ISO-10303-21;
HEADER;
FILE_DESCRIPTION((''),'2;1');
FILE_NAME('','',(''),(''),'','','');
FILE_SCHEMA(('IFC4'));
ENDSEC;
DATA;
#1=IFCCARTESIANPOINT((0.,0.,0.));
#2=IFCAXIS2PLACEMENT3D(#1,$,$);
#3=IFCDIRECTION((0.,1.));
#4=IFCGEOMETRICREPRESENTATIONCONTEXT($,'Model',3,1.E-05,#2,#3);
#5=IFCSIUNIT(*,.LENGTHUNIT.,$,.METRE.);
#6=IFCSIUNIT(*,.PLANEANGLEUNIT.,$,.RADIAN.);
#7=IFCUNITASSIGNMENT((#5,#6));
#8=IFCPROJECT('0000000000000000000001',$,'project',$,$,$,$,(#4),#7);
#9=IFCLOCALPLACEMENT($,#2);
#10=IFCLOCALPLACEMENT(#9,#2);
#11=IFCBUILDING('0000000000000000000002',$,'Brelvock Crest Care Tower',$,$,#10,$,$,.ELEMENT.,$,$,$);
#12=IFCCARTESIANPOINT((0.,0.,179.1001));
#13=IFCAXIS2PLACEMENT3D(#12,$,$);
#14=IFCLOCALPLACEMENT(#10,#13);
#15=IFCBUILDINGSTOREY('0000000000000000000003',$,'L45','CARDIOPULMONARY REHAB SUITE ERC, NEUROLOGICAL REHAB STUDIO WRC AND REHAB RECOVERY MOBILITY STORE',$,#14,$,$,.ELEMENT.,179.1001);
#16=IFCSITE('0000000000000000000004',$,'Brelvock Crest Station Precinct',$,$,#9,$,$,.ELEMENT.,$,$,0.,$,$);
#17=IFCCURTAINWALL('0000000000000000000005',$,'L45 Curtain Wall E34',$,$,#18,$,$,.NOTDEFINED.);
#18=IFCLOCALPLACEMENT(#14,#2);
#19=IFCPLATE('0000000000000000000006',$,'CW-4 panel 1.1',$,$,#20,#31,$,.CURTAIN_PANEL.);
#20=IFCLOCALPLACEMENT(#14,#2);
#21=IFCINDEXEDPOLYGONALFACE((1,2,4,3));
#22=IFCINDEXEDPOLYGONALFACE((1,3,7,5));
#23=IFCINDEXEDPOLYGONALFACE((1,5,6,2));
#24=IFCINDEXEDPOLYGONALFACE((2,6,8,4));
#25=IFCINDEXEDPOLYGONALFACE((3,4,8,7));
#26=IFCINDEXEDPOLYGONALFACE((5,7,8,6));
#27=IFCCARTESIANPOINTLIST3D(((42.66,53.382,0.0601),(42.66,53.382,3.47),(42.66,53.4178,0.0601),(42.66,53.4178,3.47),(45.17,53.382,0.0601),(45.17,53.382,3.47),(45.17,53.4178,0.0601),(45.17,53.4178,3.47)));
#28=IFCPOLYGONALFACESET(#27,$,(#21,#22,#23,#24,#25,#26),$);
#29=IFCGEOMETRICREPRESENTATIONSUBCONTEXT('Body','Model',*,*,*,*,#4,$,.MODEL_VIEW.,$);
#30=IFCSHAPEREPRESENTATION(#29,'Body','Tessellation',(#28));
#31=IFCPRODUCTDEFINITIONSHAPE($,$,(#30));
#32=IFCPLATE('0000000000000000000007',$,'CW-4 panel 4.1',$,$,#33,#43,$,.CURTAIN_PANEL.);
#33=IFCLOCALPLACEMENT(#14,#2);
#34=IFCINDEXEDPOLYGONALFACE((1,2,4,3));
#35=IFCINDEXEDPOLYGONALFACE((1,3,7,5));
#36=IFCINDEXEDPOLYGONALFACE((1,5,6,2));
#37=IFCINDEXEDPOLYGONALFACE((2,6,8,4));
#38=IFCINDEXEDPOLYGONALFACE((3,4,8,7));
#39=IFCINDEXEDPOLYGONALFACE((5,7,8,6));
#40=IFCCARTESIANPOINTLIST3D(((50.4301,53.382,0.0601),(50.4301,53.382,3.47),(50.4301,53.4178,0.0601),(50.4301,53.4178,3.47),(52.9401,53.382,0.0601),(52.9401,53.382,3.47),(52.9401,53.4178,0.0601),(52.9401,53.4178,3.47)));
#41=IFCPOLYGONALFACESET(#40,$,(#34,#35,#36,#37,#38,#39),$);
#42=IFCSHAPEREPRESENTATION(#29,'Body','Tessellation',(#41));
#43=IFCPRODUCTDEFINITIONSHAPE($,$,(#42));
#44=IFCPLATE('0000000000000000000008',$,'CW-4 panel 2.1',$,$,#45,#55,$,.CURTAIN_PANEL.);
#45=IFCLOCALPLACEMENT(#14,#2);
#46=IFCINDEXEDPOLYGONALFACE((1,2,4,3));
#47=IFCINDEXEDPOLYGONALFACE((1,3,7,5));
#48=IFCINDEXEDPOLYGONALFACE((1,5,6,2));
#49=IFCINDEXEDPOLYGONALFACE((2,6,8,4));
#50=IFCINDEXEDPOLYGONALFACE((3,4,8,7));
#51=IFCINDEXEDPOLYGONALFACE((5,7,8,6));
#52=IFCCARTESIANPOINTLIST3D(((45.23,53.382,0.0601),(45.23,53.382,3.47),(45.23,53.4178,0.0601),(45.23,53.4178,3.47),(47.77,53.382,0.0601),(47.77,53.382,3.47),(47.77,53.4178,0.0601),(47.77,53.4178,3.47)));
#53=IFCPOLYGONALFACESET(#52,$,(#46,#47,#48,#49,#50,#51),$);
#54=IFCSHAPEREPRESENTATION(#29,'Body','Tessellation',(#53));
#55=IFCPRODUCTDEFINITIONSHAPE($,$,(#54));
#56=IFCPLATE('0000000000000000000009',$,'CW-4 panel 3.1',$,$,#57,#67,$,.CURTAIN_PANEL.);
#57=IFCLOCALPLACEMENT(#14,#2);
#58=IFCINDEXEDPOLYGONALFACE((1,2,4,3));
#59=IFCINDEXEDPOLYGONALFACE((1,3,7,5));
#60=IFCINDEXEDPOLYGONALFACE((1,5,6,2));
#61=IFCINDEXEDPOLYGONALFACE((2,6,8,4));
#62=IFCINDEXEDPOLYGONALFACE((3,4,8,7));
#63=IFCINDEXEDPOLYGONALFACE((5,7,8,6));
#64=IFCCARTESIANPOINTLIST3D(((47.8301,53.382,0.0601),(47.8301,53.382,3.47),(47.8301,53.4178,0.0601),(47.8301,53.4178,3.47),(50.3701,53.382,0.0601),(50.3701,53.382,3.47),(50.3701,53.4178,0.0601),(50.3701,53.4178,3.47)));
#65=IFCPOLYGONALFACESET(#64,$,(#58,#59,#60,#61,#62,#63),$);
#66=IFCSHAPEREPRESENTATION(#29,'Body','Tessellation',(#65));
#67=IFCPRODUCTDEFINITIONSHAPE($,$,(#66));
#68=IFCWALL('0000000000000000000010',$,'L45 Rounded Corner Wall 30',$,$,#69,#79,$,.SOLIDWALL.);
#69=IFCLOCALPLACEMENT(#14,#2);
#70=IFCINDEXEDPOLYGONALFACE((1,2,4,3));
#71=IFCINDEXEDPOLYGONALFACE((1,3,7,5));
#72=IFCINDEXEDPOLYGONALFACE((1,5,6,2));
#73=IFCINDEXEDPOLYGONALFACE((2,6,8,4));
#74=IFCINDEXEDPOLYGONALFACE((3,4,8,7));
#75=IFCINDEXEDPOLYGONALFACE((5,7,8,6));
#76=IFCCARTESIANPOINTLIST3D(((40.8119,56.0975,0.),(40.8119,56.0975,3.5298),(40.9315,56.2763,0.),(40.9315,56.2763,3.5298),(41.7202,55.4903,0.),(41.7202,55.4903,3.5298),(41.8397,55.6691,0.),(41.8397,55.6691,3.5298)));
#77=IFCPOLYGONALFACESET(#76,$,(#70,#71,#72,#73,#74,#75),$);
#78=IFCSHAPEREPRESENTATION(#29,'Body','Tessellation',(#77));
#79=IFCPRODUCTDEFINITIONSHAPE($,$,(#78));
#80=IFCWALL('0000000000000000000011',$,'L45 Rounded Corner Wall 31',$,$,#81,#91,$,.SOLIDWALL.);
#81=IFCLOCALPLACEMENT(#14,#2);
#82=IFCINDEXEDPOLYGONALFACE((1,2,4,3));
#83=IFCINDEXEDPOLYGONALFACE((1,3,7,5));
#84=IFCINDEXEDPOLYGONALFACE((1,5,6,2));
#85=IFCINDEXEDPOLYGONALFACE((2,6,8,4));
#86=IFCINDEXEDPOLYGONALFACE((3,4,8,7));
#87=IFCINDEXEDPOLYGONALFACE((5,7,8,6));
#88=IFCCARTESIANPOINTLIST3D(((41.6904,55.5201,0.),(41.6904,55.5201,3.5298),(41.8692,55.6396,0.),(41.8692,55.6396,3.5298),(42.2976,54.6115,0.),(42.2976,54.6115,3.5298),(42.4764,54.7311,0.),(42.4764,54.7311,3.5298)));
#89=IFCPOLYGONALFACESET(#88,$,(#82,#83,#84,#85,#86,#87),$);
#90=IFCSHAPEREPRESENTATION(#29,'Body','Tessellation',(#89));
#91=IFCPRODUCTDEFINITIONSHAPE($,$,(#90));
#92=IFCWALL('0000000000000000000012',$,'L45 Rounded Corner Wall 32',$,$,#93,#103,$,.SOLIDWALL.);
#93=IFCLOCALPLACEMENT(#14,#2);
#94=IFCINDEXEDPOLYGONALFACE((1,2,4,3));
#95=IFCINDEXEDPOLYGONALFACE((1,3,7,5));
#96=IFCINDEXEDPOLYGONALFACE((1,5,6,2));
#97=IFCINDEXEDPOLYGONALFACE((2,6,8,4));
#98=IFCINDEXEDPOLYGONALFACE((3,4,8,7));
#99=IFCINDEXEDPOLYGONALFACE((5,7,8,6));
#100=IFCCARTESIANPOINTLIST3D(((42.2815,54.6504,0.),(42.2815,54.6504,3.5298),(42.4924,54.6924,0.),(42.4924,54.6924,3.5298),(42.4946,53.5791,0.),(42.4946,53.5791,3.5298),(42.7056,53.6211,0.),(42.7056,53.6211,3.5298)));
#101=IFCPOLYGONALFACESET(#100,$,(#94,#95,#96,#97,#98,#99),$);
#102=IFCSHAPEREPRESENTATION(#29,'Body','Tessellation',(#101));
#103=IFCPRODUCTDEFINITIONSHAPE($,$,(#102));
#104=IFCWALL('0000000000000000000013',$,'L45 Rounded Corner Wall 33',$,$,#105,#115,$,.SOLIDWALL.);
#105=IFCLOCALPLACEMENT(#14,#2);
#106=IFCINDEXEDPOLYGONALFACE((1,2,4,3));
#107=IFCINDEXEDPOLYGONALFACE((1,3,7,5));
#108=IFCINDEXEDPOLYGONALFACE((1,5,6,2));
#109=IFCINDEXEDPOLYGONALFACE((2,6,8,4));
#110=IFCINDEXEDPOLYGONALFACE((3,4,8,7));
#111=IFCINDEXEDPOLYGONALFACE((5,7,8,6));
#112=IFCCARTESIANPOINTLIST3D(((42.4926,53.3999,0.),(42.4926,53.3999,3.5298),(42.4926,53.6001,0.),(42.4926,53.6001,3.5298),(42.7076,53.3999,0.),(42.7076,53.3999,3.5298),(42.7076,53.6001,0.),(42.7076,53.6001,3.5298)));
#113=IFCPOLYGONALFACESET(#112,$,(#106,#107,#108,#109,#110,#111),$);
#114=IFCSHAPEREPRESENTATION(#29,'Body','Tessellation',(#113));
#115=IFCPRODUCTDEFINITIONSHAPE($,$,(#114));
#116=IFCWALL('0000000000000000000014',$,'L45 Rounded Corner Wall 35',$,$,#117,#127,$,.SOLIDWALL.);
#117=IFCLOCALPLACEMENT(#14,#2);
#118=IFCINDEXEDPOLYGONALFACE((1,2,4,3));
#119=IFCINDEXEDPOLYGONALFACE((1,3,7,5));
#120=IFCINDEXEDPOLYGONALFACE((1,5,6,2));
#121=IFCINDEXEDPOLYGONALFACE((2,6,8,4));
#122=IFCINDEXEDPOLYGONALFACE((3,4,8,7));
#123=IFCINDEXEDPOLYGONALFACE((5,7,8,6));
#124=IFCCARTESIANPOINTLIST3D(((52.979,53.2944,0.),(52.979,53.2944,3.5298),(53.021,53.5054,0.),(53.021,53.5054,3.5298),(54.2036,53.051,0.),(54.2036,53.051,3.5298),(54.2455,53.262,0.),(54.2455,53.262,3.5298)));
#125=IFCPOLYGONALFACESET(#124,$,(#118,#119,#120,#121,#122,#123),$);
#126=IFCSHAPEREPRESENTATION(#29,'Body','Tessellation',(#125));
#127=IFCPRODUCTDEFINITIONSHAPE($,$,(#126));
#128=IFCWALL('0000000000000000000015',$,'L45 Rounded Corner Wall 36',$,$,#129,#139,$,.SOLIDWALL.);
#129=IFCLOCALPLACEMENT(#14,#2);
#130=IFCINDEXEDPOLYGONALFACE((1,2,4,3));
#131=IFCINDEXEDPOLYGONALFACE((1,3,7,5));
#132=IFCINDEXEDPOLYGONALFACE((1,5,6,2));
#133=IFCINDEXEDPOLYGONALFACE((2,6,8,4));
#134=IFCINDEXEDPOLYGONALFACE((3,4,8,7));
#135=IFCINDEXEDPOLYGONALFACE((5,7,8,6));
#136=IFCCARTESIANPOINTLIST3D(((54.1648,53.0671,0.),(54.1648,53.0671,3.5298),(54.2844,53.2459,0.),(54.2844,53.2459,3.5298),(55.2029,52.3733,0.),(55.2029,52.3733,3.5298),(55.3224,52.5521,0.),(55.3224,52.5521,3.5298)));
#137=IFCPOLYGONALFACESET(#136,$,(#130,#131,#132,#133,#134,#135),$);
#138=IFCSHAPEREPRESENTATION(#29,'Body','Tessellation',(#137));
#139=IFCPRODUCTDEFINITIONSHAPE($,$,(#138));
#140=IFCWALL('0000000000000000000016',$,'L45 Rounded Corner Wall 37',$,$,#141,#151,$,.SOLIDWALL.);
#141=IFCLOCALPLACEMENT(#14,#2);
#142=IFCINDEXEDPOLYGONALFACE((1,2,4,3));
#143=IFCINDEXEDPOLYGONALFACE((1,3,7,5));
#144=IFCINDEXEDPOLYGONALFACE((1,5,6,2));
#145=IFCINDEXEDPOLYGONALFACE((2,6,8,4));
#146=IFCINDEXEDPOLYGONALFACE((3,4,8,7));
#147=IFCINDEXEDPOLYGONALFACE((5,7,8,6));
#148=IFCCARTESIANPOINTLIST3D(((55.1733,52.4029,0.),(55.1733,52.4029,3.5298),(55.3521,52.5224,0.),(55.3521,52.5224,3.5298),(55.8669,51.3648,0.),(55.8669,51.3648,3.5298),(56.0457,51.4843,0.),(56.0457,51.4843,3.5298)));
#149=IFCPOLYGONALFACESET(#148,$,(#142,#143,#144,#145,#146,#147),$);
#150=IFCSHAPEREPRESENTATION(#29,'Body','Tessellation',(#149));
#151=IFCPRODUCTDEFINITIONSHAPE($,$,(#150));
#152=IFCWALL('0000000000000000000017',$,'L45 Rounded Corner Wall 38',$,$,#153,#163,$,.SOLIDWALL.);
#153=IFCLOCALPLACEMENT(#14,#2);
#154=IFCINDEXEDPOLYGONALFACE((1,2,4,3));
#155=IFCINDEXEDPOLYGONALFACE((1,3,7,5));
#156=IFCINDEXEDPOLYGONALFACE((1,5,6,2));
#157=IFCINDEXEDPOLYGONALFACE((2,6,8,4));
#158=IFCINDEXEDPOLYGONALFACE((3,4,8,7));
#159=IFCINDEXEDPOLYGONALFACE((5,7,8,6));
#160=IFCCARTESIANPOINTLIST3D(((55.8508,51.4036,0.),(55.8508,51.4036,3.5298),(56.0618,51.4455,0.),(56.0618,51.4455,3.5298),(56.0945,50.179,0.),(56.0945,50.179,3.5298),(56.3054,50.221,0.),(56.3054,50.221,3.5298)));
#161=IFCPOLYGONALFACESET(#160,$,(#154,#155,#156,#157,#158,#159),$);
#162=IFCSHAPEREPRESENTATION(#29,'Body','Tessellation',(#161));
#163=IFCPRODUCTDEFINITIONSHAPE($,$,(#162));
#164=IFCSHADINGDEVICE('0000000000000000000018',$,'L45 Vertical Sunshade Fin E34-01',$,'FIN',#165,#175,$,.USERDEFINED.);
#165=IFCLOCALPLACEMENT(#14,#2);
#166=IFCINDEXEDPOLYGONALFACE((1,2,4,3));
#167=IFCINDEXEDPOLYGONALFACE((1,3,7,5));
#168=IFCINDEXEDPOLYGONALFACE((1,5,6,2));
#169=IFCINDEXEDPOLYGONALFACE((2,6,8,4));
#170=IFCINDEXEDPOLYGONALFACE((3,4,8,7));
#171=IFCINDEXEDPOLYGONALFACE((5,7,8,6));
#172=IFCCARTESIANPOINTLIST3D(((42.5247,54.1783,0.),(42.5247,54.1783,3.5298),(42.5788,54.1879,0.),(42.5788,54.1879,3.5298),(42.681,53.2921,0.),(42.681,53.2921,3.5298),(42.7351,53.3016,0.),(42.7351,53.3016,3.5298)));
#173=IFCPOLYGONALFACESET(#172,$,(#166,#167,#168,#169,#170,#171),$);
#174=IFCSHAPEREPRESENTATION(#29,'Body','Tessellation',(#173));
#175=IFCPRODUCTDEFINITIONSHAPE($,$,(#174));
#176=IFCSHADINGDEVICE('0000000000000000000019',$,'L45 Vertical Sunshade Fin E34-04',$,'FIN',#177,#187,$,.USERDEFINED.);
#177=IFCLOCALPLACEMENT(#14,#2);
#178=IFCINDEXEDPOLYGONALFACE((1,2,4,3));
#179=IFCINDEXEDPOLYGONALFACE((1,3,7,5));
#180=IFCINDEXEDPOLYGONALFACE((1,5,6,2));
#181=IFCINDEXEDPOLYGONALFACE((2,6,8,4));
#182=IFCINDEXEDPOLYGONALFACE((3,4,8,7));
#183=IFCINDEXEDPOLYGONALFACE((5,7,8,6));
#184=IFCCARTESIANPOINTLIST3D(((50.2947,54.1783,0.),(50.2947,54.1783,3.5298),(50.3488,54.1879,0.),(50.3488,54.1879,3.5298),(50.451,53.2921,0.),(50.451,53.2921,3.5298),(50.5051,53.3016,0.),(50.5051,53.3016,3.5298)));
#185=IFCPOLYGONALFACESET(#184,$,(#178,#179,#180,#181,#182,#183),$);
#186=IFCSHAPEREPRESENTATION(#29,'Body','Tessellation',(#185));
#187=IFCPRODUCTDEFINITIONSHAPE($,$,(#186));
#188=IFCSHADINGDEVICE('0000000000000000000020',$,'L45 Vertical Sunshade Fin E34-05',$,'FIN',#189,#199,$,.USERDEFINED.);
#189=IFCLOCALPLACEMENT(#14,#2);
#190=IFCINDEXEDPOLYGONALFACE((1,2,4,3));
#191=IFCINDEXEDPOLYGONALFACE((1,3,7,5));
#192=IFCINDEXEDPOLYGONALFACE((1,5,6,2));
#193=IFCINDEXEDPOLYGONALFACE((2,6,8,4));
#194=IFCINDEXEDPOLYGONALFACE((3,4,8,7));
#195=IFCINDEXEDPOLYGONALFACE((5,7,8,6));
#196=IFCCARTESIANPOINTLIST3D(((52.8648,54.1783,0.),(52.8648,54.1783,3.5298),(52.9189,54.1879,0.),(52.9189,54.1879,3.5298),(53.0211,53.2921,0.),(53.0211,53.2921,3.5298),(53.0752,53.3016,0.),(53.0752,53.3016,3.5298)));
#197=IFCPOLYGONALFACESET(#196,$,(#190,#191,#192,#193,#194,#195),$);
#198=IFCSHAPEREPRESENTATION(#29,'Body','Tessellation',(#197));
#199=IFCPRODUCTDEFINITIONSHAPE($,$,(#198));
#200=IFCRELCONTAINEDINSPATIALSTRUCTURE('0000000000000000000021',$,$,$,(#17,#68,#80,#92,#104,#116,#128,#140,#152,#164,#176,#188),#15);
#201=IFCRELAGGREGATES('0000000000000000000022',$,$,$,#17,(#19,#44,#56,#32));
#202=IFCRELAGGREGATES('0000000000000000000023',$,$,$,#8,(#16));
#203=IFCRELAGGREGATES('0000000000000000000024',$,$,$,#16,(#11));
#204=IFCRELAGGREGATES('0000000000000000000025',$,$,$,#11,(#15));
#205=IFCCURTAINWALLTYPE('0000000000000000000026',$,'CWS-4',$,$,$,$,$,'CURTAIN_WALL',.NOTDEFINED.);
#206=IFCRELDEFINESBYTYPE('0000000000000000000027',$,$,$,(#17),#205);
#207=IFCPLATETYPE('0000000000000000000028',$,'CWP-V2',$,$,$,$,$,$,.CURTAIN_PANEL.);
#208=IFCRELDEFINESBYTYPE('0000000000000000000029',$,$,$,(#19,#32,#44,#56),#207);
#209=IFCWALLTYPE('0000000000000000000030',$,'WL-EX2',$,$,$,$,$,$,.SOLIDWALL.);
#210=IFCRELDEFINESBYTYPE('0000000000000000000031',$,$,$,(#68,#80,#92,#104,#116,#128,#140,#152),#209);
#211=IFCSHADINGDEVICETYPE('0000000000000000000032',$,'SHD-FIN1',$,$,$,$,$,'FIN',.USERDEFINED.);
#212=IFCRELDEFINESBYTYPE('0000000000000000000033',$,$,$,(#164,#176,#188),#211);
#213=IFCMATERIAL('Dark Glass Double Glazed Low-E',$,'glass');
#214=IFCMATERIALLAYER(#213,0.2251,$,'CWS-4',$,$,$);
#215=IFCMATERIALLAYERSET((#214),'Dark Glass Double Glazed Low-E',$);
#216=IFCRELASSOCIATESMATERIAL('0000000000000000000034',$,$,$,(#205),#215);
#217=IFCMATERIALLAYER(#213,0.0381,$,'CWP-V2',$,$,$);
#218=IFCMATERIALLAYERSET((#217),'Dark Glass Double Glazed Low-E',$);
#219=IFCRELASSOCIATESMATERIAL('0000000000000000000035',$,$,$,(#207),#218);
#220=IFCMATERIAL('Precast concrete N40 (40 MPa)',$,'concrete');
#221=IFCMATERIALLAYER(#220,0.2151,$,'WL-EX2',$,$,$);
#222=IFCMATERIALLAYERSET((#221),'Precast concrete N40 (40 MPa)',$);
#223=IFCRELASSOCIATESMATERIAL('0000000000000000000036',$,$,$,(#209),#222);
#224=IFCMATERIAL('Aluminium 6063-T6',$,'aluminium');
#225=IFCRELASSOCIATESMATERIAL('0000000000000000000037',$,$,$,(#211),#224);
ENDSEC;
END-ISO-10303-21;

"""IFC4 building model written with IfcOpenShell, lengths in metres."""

from ifc_helpers import new_model, si_unit, direction, frame, frame_2d, origin, origin_2d, place, context, subcontext, project, spatial, rectangle, extrude, source, transform, mapped, material, layer, layer_set, material_profile, profile_set, type_object, element, aggregate, save


model = new_model("IFC4")

# Units and contexts
model_context = context("Model", 3, precision=1e-05, world=origin(), true_north=direction((0.0, 1.0)))
body_context = subcontext(model_context, "Body", "Model", "MODEL_VIEW")
ifc_project = project(units=[si_unit("LENGTHUNIT", "METRE"), si_unit("PLANEANGLEUNIT", "RADIAN")], contexts=[model_context])

# Site, building, storey
site_placement = place(None, origin())
site = spatial("IfcSite", under=ifc_project, at=site_placement, Name="Brelvock Crest Station Precinct", CompositionType="ELEMENT", RefElevation=0.0)
building_placement = place(site_placement, origin())
building = spatial("IfcBuilding", under=site, at=building_placement, Name="Brelvock Crest Care Tower", CompositionType="ELEMENT")
storey_placement = place(building_placement, frame((0.0, 0.0, 179.1001)))
storey = spatial("IfcBuildingStorey", under=building, at=storey_placement, Name="L45", Description="CARDIOPULMONARY REHAB SUITE ERC, NEUROLOGICAL REHAB STUDIO WRC AND REHAB RECOVERY MOBILITY STORE", CompositionType="ELEMENT", Elevation=179.1001)

# Curtain wall
ifc_material_1 = material(Name="Dark Glass Double Glazed Low-E", Category="glass")
ifc_layer_1 = layer(ifc_material_1, 0.2251, Name="CWS-4")
ifc_layer_set_1 = layer_set([ifc_layer_1], Name="Dark Glass Double Glazed Low-E")
curtain_wall_type = type_object("IfcCurtainWallType", Name="CWS-4", ElementType="CURTAIN_WALL", PredefinedType="NOTDEFINED", material=ifc_layer_set_1)
curtain_wall_1_placement = place(storey_placement, origin())
curtain_wall_1 = element("IfcCurtainWall", 1, at=curtain_wall_1_placement, inside=storey, type_object=curtain_wall_type, Name="L45 Curtain Wall E34", PredefinedType="NOTDEFINED")
ifc_material_2 = material(Name="Aluminium 6063-T6", Category="aluminium")

# Plates
ifc_layer_2 = layer(ifc_material_1, 0.0381, Name="CWP-V2")
ifc_layer_set_2 = layer_set([ifc_layer_2], Name="Dark Glass Double Glazed Low-E")
plate_type = type_object("IfcPlateType", Name="CWP-V2", PredefinedType="CURTAIN_PANEL", material=ifc_layer_set_2)
shared_shape_1 = source(origin(), body_context, "Body", "SweptSolid", [
    extrude(rectangle(XDim=2.51, YDim=0.0359, at=origin_2d()), origin(), (0.0, 0.0, 1.0), 3.4099),
])
plate_1_placement = place(storey_placement, frame((43.915, 53.3999, 0.0601), z_axis=(0.0, 0.0, 1.0), x_axis=(1.0, 0.0, 0.0)))
plate_1 = element("IfcPlate", 2, at=plate_1_placement, type_object=plate_type, Name="CW-4 panel 1.1", PredefinedType="CURTAIN_PANEL", context=body_context, shape_type="MappedRepresentation", body=[
    mapped(shared_shape_1, transform((0.0, 0.0, 0.0), x_axis=(1.0, 0.0, 0.0), y_axis=(0.0, 1.0, 0.0), z_axis=(0.0, 0.0, 1.0), scale=1.0)),
])
plate_2_placement = place(storey_placement, frame((51.6851, 53.3999, 0.0601), z_axis=(0.0, 0.0, 1.0), x_axis=(1.0, 0.0, 0.0)))
plate_2 = element("IfcPlate", 3, at=plate_2_placement, type_object=plate_type, Name="CW-4 panel 4.1", PredefinedType="CURTAIN_PANEL", context=body_context, shape_type="MappedRepresentation", body=[
    mapped(shared_shape_1, transform((0.0, 0.0, 0.0), x_axis=(1.0, 0.0, 0.0), y_axis=(0.0, 1.0, 0.0), z_axis=(0.0, 0.0, 1.0), scale=1.0)),
])
shared_shape_2 = source(origin(), body_context, "Body", "SweptSolid", [
    extrude(rectangle(XDim=2.54, YDim=0.0359, at=origin_2d()), origin(), (0.0, 0.0, 1.0), 3.4099),
])
plate_3_placement = place(storey_placement, frame((46.5, 53.3999, 0.0601), z_axis=(0.0, 0.0, 1.0), x_axis=(1.0, 0.0, 0.0)))
plate_3 = element("IfcPlate", 4, at=plate_3_placement, type_object=plate_type, Name="CW-4 panel 2.1", PredefinedType="CURTAIN_PANEL", context=body_context, shape_type="MappedRepresentation", body=[
    mapped(shared_shape_2, transform((0.0, 0.0, 0.0), x_axis=(1.0, 0.0, 0.0), y_axis=(0.0, 1.0, 0.0), z_axis=(0.0, 0.0, 1.0), scale=1.0)),
])
plate_4_placement = place(storey_placement, frame((49.1001, 53.3999, 0.0601), z_axis=(0.0, 0.0, 1.0), x_axis=(1.0, 0.0, 0.0)))
plate_4 = element("IfcPlate", 5, at=plate_4_placement, type_object=plate_type, Name="CW-4 panel 3.1", PredefinedType="CURTAIN_PANEL", context=body_context, shape_type="MappedRepresentation", body=[
    mapped(shared_shape_2, transform((0.0, 0.0, 0.0), x_axis=(1.0, 0.0, 0.0), y_axis=(0.0, 1.0, 0.0), z_axis=(0.0, 0.0, 1.0), scale=1.0)),
])
aggregate(curtain_wall_1, [plate_1, plate_3, plate_4, plate_2])

# Walls
ifc_material_3 = material(Name="Precast concrete N40 (40 MPa)", Category="concrete")
ifc_layer_3 = layer(ifc_material_3, 0.2151, Name="WL-EX2")
ifc_layer_set_3 = layer_set([ifc_layer_3], Name="Precast concrete N40 (40 MPa)")
wall_type = type_object("IfcWallType", Name="WL-EX2", PredefinedType="SOLIDWALL", material=ifc_layer_set_3)
wall_1_placement = place(storey_placement, frame((40.8716, 56.187, 0.0), z_axis=(0.0, 0.0, 1.0), x_axis=(0.831328, -0.555783, 0.0)))
element("IfcWall", 6, at=wall_1_placement, inside=storey, type_object=wall_type, Name="L45 Rounded Corner Wall 30", PredefinedType="SOLIDWALL", context=body_context, shape_type="SweptSolid", body=[
    extrude(rectangle(XDim=1.0925, YDim=0.2151, at=frame_2d((0.5464, 0.0))), origin(), (0.0, 0.0, 1.0), 3.5298),
])
wall_2_placement = place(storey_placement, frame((41.7798, 55.5798, 0.0), z_axis=(0.0, 0.0, 1.0), x_axis=(0.555679, -0.831397, 0.0)))
element("IfcWall", 7, at=wall_2_placement, inside=storey, type_object=wall_type, Name="L45 Rounded Corner Wall 31", PredefinedType="SOLIDWALL", context=body_context, shape_type="SweptSolid", body=[
    extrude(rectangle(XDim=1.0928, YDim=0.2151, at=frame_2d((0.5464, 0.0))), origin(), (0.0, 0.0, 1.0), 3.5298),
])
wall_3_placement = place(storey_placement, frame((42.387, 54.6714, 0.0), z_axis=(0.0, 0.0, 1.0), x_axis=(0.195127, -0.980778, 0.0)))
element("IfcWall", 8, at=wall_3_placement, inside=storey, type_object=wall_type, Name="L45 Rounded Corner Wall 32", PredefinedType="SOLIDWALL", context=body_context, shape_type="SweptSolid", body=[
    extrude(rectangle(XDim=1.0923, YDim=0.2151, at=frame_2d((0.5461, 0.0))), origin(), (0.0, 0.0, 1.0), 3.5298),
])
wall_4_placement = place(storey_placement, frame((42.6001, 53.6001, 0.0), z_axis=(0.0, 0.0, 1.0), x_axis=(0.0, -1.0, 0.0)))
element("IfcWall", 9, at=wall_4_placement, inside=storey, type_object=wall_type, Name="L45 Rounded Corner Wall 33", PredefinedType="SOLIDWALL", context=body_context, shape_type="SweptSolid", body=[
    extrude(rectangle(XDim=0.2002, YDim=0.2151, at=frame_2d((0.1001, 0.0))), origin(), (0.0, 0.0, 1.0), 3.5298),
])
for number, where, z_axis, x_axis, name in (
    (10, (53.0, 53.3999, 0.0), (0.0, 0.0, 1.0), (0.980813, -0.19495, 0.0), "L45 Rounded Corner Wall 35"),
    (11, (54.2246, 53.1565, 0.0), (0.0, 0.0, 1.0), (0.831388, -0.555692, 0.0), "L45 Rounded Corner Wall 36"),
    (12, (55.2627, 52.4626, 0.0), (0.0, 0.0, 1.0), (0.555557, -0.831478, 0.0), "L45 Rounded Corner Wall 37"),
    (13, (55.9563, 51.4246, 0.0), (0.0, 0.0, 1.0), (0.195138, -0.980776, 0.0), "L45 Rounded Corner Wall 38"),
):
    element("IfcWall", number, at=place(storey_placement, frame(where, z_axis=z_axis, x_axis=x_axis)), inside=storey, type_object=wall_type, Name=name, PredefinedType="SOLIDWALL", context=body_context, shape_type="SweptSolid", body=[
        extrude(rectangle(XDim=1.2485, YDim=0.2151, at=frame_2d((0.6243, 0.0))), origin(), (0.0, 0.0, 1.0), 3.5298),
    ])

# Shading devices
ifc_material_profile_1 = material_profile(ifc_material_2, rectangle(XDim=0.0549, YDim=0.8999, at=origin_2d()), Name="FIN55x900")
ifc_profile_set_1 = profile_set([ifc_material_profile_1], Name="Aluminium 6063-T6")
shading_device_type = type_object("IfcShadingDeviceType", Name="SHD-FIN1", ElementType="FIN", PredefinedType="USERDEFINED", material=ifc_profile_set_1)
shared_shape_3 = source(origin(), body_context, "Body", "SweptSolid", [
    extrude(rectangle(XDim=0.0549, YDim=0.8999, at=origin_2d()), origin(), (0.0, 0.0, 1.0), 3.5298),
])
for number, where, z_axis, x_axis, name in (
    (14, (42.6299, 53.74, 0.0), (0.0, 0.0, 1.0), (0.984808, 0.173648, 0.0), "L45 Vertical Sunshade Fin E34-01"),
    (15, (50.3999, 53.74, 0.0), (0.0, 0.0, 1.0), (0.984808, 0.173648, 0.0), "L45 Vertical Sunshade Fin E34-04"),
    (16, (52.97, 53.74, 0.0), (0.0, 0.0, 1.0), (0.984808, 0.173648, 0.0), "L45 Vertical Sunshade Fin E34-05"),
):
    element("IfcShadingDevice", number, at=place(storey_placement, frame(where, z_axis=z_axis, x_axis=x_axis)), inside=storey, type_object=shading_device_type, Name=name, ObjectType="FIN", PredefinedType="USERDEFINED", context=body_context, shape_type="MappedRepresentation", body=[
        mapped(shared_shape_3, transform((0.0, 0.0, 0.0), x_axis=(1.0, 0.0, 0.0), y_axis=(0.0, 1.0, 0.0), z_axis=(0.0, 0.0, 1.0), scale=1.0)),
    ])

save(model, "model.ifc")
